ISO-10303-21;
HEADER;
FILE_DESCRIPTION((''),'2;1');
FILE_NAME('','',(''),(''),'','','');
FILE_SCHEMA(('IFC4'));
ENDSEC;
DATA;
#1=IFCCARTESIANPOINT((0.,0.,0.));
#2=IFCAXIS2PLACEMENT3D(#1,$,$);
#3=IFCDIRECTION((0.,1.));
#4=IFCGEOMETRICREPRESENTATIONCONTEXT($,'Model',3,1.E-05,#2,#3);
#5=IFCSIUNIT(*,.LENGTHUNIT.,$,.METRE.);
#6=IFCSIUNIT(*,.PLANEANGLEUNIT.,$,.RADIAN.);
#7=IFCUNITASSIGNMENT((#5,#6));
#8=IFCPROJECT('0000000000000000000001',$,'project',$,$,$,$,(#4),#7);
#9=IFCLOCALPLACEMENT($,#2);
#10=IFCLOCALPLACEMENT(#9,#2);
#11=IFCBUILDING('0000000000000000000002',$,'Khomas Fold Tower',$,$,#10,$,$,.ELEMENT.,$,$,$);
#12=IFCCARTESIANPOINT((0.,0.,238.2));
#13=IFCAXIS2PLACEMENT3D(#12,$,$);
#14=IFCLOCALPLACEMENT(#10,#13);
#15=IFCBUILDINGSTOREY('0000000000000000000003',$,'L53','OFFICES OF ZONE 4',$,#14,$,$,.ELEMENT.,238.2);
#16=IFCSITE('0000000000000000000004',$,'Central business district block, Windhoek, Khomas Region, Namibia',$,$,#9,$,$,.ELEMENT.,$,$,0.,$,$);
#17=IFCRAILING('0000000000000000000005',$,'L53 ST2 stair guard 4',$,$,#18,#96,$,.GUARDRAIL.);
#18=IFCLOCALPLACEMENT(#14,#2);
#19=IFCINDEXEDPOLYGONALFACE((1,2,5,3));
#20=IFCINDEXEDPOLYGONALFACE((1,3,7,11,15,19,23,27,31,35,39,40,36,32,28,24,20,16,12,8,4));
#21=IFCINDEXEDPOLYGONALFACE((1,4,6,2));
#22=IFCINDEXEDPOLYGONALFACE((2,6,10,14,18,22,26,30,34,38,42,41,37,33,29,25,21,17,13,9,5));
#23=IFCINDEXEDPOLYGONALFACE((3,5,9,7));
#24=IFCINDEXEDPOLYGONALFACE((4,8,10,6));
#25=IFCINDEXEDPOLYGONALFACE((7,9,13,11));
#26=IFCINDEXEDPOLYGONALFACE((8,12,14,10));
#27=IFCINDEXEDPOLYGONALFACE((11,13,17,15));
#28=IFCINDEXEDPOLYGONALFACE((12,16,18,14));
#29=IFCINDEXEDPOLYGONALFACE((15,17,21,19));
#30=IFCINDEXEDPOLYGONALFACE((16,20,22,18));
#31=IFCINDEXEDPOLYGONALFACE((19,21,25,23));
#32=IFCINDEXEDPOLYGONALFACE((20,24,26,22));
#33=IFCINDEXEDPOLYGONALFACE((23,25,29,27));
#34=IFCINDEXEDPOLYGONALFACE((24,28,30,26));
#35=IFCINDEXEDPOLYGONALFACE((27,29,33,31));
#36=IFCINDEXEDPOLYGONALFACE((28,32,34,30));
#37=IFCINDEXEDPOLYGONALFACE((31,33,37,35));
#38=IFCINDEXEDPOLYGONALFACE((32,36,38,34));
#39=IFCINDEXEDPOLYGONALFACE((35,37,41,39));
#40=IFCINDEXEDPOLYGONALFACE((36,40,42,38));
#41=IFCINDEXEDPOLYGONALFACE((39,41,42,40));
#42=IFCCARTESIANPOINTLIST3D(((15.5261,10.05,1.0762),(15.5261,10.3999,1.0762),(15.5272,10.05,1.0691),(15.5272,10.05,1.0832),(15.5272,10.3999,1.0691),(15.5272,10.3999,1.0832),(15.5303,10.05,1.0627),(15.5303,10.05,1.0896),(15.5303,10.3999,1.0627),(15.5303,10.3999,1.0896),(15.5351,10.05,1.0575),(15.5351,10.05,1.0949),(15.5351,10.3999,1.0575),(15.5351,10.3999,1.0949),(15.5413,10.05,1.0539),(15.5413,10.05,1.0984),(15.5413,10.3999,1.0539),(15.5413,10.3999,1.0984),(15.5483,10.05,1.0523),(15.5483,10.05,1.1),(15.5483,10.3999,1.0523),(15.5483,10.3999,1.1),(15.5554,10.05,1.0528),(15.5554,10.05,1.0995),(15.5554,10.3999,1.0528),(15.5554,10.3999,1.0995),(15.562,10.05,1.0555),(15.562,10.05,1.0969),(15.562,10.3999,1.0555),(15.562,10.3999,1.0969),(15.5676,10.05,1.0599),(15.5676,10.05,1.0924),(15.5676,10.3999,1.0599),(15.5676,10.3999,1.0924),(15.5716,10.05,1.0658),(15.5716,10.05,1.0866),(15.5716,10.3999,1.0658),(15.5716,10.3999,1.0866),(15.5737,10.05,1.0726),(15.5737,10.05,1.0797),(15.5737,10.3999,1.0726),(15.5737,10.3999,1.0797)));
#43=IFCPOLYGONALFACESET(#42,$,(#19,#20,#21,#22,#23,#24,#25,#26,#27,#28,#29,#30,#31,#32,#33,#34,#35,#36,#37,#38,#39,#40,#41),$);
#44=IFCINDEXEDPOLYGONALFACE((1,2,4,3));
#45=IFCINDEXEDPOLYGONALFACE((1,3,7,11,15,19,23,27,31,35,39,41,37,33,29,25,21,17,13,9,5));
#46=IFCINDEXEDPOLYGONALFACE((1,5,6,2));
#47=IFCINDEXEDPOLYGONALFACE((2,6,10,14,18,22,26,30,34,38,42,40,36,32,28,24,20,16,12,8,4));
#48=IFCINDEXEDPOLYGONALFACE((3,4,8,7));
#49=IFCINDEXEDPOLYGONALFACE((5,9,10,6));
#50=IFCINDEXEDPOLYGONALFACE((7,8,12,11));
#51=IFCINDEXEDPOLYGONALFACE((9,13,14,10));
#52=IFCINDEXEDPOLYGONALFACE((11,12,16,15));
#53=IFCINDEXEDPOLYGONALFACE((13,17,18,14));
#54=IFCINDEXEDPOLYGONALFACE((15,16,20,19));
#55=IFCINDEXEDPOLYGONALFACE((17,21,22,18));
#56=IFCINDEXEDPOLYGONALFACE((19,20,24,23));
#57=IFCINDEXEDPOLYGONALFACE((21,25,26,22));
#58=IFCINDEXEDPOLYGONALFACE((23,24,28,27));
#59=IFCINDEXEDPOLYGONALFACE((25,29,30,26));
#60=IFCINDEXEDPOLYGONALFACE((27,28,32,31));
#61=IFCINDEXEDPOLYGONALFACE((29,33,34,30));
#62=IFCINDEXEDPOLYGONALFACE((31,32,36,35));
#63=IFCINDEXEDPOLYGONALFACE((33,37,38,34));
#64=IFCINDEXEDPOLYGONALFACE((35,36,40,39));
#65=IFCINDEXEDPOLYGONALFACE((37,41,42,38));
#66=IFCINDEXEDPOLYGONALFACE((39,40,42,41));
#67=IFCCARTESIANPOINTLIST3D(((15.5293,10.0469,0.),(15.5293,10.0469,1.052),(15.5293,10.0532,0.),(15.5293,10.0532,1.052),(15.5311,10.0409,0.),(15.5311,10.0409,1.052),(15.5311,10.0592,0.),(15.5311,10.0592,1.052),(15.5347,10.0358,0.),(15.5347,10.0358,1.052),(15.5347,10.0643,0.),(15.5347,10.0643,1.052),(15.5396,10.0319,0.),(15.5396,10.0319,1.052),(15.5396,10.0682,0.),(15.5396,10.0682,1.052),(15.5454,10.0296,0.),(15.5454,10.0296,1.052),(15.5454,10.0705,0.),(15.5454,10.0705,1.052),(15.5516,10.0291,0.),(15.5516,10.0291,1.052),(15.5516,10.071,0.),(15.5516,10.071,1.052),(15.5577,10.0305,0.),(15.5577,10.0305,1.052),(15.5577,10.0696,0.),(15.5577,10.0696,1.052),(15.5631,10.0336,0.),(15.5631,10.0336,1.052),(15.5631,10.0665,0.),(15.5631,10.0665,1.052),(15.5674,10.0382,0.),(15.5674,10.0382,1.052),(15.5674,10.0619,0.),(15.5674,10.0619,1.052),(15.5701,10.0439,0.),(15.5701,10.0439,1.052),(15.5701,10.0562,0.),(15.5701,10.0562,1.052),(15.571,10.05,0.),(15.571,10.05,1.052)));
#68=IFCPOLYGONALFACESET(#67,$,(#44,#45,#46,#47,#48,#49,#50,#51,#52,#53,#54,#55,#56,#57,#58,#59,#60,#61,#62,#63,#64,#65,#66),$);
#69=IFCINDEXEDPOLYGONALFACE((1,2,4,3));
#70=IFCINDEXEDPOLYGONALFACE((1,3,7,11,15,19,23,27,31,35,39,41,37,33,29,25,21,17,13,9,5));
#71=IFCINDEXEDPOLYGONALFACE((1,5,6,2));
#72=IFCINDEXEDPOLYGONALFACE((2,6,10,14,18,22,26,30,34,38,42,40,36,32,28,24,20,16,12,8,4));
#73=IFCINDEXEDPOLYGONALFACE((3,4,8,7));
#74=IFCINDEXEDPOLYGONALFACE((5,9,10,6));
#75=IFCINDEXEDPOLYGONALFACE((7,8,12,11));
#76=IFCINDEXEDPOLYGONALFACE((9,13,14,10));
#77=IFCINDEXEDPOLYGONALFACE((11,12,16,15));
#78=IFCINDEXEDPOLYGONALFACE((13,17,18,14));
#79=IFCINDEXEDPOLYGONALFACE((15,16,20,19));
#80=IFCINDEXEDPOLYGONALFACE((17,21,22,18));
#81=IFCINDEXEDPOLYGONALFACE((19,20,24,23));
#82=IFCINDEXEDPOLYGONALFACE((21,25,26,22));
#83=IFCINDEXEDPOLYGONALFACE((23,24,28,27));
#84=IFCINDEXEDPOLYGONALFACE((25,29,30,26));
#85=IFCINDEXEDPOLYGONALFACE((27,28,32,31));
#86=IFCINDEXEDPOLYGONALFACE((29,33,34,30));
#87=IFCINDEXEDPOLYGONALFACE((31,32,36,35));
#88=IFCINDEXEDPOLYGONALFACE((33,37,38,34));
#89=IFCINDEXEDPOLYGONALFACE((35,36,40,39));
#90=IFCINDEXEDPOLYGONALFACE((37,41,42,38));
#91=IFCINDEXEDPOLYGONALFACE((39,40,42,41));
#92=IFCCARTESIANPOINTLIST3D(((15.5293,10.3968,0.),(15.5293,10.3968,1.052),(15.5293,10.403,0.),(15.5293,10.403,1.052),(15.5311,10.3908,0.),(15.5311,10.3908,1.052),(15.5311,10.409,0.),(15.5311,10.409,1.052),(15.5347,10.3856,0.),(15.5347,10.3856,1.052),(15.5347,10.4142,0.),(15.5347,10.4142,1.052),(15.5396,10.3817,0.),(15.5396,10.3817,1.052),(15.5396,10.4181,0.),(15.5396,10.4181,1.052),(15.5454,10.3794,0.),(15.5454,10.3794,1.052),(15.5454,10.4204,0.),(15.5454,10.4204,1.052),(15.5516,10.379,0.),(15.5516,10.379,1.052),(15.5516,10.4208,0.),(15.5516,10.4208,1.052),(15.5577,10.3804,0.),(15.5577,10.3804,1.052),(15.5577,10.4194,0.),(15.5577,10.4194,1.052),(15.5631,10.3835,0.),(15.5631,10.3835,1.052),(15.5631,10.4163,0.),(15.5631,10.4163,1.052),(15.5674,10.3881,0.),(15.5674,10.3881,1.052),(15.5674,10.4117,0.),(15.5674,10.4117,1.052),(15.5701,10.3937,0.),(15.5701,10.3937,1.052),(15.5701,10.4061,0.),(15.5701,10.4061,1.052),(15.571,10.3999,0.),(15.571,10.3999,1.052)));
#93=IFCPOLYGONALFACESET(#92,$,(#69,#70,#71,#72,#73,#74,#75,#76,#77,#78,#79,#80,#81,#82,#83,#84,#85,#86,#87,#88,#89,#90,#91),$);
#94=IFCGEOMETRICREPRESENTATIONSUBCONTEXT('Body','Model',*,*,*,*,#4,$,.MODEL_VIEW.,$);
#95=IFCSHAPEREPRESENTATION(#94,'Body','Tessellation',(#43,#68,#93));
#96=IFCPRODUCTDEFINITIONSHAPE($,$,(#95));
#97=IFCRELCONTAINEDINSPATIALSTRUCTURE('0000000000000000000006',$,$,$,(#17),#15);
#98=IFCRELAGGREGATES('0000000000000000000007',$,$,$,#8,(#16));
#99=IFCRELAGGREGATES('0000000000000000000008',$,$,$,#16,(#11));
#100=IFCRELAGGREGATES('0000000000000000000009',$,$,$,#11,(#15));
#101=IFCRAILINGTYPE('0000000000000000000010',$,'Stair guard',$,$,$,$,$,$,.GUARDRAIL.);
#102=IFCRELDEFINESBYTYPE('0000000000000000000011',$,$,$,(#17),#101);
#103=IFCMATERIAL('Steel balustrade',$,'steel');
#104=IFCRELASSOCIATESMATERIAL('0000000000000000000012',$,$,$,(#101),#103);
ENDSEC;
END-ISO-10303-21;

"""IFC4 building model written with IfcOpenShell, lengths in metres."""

from ifc_helpers import new_model, si_unit, direction, frame, origin, origin_2d, place, context, subcontext, project, spatial, circle, extrude, source, transform, mapped, material, type_object, element, save


model = new_model("IFC4")

# Units and contexts
model_context = context("Model", 3, precision=1e-05, world=origin(), true_north=direction((0.0, 1.0)))
body_context = subcontext(model_context, "Body", "Model", "MODEL_VIEW")
ifc_project = project(units=[si_unit("LENGTHUNIT", "METRE"), si_unit("PLANEANGLEUNIT", "RADIAN")], contexts=[model_context])

# Site, building, storey
site_placement = place(None, origin())
site = spatial("IfcSite", under=ifc_project, at=site_placement, Name="Central business district block, Windhoek, Khomas Region, Namibia", CompositionType="ELEMENT", RefElevation=0.0)
building_placement = place(site_placement, origin())
building = spatial("IfcBuilding", under=site, at=building_placement, Name="Khomas Fold Tower", CompositionType="ELEMENT")
storey_placement = place(building_placement, frame((0.0, 0.0, 238.2)))
storey = spatial("IfcBuildingStorey", under=building, at=storey_placement, Name="L53", Description="OFFICES OF ZONE 4", CompositionType="ELEMENT", Elevation=238.2)

# Railing
ifc_material_1 = material(Name="Steel balustrade", Category="steel")
railing_type_1 = type_object("IfcRailingType", Name="Stair guard", PredefinedType="GUARDRAIL", material=ifc_material_1)
shared_shape_1 = source(origin(), body_context, "Body", "SweptSolid", [
    extrude(circle(Radius=0.0239, at=origin_2d()), frame((0.0, 0.0, 1.0762), z_axis=(0.0, 1.0, 0.0), x_axis=(-1.0, 0.0, 0.0)), (0.0, 0.0, 1.0), 0.3499),
    extrude(circle(Radius=0.021, at=origin_2d()), origin(), (0.0, 0.0, 1.0), 1.052),
    extrude(circle(Radius=0.021, at=origin_2d()), frame((0.0, 0.3499, 0.0)), (0.0, 0.0, 1.0), 1.052),
])
for number, where, name in (
    (1, (15.55, 10.05, 0.0), "L53 ST2 stair guard 4"),
):
    element("IfcRailing", number, at=place(storey_placement, frame(where)), inside=storey, type_object=railing_type_1, Name=name, PredefinedType="GUARDRAIL", context=body_context, shape_type="MappedRepresentation", body=[
        mapped(shared_shape_1, transform((0.0, 0.0, 0.0))),
    ])

save(model, "model.ifc")
